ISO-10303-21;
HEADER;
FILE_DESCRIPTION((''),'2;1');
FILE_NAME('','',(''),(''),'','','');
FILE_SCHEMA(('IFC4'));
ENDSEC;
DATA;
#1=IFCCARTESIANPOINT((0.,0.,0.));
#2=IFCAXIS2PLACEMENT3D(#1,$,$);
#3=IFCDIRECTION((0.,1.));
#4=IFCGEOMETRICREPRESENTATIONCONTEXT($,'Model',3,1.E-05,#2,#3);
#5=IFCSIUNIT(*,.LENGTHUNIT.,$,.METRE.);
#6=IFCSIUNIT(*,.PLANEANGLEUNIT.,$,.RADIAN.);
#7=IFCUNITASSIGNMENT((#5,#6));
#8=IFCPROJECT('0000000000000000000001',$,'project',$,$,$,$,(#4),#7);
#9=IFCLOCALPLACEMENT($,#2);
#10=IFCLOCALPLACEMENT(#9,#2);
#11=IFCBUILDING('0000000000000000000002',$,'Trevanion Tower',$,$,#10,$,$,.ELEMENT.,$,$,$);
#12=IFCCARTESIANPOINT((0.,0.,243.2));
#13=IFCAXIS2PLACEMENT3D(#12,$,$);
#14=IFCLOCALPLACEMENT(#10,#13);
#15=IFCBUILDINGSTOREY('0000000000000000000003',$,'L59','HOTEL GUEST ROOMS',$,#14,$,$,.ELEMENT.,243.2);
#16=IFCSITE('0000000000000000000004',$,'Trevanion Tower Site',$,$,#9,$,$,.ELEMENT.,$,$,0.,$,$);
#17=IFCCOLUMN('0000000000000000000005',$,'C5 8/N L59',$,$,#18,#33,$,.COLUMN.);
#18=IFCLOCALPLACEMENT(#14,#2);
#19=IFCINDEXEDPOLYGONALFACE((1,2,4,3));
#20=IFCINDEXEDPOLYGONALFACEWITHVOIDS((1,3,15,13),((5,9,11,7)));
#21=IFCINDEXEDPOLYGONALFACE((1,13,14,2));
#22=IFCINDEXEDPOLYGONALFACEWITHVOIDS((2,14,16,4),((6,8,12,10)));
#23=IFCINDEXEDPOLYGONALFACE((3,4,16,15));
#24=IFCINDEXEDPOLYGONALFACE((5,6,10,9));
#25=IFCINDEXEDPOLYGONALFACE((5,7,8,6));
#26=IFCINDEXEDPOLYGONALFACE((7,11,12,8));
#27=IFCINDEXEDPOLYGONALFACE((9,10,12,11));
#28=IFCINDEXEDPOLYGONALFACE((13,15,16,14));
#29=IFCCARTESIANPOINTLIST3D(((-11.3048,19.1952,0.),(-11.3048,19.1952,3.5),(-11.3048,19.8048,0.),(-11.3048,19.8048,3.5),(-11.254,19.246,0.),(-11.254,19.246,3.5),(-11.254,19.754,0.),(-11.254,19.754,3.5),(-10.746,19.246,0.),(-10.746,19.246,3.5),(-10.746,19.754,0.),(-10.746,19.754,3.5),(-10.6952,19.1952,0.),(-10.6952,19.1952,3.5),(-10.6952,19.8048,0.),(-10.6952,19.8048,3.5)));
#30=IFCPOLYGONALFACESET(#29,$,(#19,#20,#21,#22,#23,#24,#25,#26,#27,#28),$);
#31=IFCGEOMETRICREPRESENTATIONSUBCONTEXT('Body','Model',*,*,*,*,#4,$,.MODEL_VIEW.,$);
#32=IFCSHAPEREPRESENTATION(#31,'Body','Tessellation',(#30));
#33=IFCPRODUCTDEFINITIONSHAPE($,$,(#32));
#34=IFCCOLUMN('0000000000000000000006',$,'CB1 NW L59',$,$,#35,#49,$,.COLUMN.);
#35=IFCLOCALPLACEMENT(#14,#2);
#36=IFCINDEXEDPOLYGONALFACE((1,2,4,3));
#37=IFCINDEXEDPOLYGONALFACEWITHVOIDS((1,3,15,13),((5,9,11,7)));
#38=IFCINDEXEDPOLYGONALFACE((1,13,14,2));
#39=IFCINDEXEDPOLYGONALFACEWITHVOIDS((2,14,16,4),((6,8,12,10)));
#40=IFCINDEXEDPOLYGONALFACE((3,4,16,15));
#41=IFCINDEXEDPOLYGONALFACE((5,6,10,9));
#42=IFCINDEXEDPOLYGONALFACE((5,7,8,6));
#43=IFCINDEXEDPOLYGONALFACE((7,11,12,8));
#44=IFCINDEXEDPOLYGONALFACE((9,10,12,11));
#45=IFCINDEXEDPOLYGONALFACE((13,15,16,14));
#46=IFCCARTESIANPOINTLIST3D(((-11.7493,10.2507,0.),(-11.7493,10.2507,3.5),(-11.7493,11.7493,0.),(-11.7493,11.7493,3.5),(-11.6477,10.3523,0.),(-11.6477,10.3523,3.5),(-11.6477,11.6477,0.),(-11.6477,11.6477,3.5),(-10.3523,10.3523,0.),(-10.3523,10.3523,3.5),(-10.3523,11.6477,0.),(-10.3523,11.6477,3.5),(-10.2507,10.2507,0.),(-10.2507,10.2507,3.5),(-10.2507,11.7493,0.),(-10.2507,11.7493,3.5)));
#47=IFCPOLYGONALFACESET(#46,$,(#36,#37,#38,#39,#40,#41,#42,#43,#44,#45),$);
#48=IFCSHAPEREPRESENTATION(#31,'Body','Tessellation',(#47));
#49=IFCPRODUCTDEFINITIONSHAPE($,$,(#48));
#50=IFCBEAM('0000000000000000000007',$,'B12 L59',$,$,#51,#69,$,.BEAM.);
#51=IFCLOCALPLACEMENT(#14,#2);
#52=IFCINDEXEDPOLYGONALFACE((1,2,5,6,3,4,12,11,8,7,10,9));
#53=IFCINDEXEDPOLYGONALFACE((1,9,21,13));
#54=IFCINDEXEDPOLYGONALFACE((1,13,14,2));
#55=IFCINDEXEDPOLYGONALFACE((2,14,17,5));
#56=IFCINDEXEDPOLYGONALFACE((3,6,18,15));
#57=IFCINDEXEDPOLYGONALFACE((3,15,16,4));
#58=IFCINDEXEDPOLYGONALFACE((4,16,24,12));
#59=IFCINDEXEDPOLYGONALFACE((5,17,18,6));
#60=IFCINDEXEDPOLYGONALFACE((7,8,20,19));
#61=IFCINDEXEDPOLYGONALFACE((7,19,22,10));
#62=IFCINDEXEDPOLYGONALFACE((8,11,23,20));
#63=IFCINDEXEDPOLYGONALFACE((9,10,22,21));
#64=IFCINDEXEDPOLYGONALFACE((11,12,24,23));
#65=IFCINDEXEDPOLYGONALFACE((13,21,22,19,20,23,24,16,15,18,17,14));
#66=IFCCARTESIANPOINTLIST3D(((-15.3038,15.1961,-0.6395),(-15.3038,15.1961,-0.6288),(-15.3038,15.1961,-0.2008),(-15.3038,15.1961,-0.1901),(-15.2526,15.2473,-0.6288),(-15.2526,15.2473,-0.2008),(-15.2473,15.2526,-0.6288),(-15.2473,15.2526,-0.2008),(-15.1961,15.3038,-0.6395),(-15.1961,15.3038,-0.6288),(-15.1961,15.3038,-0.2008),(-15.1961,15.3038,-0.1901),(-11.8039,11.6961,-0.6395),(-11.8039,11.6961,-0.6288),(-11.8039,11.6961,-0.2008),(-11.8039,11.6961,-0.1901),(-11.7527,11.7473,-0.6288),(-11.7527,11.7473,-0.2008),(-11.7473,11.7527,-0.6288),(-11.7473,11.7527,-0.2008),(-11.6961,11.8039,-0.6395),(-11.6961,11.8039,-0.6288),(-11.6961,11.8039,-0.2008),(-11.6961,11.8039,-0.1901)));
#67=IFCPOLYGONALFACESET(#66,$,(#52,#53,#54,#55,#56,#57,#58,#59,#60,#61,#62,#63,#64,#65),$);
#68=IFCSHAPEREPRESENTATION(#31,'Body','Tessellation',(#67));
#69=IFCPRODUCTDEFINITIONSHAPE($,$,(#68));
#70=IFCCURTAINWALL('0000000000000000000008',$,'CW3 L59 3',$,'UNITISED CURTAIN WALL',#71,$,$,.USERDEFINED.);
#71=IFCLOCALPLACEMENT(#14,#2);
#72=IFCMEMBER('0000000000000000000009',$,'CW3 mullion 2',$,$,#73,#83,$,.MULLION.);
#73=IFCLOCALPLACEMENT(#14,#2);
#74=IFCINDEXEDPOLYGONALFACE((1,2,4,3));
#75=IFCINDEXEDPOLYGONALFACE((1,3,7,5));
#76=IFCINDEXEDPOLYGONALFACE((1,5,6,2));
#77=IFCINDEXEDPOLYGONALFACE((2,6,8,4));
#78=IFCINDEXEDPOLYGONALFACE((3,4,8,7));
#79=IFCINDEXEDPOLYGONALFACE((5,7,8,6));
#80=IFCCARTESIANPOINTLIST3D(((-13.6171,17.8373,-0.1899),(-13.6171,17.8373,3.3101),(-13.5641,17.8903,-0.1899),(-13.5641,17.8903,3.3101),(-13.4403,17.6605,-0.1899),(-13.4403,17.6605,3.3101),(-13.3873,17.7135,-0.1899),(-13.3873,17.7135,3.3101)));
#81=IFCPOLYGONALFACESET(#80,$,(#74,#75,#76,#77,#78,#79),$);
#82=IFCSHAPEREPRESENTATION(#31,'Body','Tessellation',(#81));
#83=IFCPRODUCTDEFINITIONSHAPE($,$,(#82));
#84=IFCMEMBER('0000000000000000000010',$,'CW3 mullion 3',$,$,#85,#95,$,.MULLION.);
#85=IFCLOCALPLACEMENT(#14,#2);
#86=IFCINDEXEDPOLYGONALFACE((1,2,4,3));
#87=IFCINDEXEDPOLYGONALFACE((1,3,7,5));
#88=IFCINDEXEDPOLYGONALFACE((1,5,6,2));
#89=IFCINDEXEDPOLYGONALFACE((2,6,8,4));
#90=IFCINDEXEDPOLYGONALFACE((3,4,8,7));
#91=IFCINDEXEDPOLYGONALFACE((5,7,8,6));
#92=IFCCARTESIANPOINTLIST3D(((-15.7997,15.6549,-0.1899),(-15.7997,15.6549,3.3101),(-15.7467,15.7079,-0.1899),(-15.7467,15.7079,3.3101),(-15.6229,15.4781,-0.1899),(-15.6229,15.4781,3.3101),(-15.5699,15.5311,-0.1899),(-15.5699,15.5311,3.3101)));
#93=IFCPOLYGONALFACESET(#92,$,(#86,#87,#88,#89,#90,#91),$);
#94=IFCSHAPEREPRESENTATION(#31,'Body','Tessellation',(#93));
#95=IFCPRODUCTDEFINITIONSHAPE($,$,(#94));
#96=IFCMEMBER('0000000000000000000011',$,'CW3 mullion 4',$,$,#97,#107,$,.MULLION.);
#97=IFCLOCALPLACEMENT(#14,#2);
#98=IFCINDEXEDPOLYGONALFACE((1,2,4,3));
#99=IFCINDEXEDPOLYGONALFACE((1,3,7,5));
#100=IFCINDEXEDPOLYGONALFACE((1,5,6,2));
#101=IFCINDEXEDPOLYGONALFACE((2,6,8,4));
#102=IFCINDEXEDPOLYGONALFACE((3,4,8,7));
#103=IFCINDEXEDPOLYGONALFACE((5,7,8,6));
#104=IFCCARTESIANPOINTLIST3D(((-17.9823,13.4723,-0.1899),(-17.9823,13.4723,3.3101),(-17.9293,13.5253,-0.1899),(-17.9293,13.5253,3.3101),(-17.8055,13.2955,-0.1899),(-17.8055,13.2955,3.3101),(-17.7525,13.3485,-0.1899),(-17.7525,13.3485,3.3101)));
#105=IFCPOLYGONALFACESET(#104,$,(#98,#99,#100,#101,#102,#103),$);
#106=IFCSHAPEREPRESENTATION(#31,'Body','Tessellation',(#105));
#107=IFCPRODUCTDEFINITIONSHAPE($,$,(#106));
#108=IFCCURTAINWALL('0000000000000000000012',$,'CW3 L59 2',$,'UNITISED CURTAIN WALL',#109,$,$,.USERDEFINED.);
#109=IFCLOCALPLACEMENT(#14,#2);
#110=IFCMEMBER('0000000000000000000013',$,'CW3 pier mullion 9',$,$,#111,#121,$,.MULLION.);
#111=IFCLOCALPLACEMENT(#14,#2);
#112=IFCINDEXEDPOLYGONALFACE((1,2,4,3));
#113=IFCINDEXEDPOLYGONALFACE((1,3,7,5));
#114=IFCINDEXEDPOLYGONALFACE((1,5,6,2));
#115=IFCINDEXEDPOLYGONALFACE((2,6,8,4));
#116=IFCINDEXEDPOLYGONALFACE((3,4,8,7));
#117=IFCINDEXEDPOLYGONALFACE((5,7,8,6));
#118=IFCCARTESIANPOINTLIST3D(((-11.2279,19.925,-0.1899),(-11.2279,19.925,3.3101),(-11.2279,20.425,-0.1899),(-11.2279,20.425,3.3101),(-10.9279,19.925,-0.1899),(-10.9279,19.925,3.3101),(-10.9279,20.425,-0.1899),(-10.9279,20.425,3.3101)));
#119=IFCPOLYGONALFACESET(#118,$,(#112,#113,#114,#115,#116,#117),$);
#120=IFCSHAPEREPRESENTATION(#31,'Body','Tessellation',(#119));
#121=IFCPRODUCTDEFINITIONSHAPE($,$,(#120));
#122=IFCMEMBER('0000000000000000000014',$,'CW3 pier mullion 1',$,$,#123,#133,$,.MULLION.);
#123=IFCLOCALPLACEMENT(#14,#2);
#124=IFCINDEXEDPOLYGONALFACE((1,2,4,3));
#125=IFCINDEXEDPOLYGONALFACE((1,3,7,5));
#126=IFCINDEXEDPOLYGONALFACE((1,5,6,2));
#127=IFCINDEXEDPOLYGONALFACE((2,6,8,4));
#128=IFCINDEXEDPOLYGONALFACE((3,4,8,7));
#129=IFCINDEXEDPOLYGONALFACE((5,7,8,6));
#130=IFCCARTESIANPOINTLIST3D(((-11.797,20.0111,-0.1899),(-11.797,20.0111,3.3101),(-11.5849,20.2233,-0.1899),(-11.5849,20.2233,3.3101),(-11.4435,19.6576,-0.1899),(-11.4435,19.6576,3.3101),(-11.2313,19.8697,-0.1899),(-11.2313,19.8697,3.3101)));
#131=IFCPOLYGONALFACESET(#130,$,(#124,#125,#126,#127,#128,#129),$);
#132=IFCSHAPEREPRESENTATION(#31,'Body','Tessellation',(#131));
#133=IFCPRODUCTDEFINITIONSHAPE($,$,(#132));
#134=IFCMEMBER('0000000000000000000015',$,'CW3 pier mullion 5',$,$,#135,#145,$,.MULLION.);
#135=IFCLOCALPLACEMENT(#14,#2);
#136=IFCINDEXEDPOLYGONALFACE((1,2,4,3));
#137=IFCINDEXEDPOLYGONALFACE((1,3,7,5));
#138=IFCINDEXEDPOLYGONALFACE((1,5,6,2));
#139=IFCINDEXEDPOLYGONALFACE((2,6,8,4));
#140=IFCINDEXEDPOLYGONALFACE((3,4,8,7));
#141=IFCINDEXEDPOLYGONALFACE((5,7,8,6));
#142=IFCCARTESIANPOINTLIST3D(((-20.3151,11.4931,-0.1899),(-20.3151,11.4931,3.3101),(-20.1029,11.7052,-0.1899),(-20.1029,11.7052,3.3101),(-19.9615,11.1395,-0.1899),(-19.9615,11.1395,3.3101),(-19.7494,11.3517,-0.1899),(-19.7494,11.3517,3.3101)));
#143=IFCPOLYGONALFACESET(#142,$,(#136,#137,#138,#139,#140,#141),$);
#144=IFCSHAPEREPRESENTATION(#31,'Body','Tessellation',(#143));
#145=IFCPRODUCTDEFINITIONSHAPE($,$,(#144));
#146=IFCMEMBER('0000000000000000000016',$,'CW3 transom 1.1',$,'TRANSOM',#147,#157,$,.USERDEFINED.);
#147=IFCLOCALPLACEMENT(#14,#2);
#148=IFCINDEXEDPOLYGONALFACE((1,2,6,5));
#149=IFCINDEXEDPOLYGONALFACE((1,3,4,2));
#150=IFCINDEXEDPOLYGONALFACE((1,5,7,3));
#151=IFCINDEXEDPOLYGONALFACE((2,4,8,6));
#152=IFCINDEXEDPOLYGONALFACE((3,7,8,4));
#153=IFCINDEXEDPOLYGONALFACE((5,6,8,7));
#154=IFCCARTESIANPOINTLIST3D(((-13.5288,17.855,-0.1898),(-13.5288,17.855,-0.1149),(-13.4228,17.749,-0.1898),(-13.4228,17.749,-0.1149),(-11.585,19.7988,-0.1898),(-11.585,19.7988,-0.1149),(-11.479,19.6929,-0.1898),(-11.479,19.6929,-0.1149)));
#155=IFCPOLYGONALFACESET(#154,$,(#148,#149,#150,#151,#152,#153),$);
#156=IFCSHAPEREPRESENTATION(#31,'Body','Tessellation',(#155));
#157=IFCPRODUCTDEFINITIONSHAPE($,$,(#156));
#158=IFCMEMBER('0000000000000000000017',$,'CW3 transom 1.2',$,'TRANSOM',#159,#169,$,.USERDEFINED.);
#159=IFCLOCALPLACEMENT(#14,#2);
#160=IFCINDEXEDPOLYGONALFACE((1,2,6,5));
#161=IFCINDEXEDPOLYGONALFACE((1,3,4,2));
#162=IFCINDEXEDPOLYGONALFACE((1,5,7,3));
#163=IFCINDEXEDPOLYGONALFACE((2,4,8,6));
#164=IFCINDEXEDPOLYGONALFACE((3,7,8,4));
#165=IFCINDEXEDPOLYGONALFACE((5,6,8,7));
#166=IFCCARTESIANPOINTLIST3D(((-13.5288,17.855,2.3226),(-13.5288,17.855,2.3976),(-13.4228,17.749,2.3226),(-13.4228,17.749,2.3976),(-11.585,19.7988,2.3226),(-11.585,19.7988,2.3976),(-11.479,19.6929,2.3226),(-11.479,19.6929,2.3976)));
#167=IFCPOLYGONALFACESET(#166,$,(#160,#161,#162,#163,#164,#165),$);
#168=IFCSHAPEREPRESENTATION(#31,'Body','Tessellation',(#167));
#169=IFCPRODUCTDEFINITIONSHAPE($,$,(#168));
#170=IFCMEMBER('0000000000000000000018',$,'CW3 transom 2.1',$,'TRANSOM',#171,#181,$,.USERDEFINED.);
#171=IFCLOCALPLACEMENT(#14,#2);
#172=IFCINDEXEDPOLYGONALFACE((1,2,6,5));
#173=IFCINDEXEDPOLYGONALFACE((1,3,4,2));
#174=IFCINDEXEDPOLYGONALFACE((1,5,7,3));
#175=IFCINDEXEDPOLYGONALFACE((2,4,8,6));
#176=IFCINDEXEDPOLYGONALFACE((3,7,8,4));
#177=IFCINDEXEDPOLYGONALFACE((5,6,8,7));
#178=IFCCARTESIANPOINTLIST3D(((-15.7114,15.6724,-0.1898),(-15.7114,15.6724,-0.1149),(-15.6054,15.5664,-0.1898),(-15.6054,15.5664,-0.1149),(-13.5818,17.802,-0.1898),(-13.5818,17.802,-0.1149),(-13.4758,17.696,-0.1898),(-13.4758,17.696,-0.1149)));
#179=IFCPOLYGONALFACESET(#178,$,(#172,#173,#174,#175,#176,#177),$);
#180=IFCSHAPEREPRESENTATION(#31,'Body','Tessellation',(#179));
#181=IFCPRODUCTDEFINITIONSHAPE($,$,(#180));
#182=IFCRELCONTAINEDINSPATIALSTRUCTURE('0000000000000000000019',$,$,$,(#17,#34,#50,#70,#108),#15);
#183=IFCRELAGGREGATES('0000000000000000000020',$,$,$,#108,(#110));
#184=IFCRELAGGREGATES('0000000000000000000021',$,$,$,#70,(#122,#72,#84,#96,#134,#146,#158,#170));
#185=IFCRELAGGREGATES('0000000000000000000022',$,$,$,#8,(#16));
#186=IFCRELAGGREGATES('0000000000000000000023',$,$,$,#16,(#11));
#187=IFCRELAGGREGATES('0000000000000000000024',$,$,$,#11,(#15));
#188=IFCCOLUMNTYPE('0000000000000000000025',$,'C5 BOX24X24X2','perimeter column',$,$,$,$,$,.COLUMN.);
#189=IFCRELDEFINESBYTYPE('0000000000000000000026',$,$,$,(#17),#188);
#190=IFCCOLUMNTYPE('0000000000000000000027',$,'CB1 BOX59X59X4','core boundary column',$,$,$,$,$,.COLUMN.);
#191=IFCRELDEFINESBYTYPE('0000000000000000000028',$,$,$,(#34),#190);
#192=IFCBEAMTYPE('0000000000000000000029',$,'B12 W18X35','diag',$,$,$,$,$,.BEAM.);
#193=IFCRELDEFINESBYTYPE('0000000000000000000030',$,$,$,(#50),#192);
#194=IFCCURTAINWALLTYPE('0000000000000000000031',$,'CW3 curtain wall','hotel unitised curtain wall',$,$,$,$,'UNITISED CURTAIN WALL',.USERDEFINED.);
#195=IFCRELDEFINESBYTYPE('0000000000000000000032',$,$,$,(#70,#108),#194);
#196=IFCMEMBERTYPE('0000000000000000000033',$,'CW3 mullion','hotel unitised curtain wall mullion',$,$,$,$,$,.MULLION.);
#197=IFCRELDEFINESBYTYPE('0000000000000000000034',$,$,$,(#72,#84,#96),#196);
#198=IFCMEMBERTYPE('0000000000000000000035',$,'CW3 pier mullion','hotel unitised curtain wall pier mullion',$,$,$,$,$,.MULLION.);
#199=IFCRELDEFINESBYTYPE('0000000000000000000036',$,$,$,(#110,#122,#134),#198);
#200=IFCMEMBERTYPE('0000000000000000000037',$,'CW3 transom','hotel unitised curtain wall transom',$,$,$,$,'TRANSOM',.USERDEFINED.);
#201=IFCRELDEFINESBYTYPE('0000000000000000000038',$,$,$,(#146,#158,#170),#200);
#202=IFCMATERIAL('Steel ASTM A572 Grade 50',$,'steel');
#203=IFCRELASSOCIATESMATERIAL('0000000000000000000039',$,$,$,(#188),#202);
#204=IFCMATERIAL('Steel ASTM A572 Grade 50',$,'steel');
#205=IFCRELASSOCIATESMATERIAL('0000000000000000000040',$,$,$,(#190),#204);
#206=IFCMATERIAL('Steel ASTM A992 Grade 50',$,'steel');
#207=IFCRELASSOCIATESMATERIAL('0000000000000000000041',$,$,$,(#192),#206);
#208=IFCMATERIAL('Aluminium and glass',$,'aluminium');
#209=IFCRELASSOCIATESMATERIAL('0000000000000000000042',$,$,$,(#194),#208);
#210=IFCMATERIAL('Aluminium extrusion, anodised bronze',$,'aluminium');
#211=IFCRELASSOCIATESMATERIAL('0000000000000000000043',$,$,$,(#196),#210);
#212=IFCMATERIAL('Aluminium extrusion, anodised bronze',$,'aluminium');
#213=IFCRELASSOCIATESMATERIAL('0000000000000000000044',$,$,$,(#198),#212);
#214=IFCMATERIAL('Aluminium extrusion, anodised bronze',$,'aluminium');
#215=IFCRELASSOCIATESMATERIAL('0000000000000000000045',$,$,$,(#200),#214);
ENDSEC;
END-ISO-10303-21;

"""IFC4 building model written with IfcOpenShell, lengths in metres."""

from ifc_helpers import new_model, si_unit, direction, frame, origin, origin_2d, place, context, subcontext, project, spatial, rectangle, hollow_rectangle, i_section, extrude, material, material_profile, profile_set, type_object, element, aggregate, save


model = new_model("IFC4")

# Units and contexts
model_context = context("Model", 3, precision=1e-05, world=origin(), true_north=direction((0.0, 1.0)))
body_context = subcontext(model_context, "Body", "Model", "MODEL_VIEW")
ifc_project = project(units=[si_unit("LENGTHUNIT", "METRE"), si_unit("PLANEANGLEUNIT", "RADIAN")], contexts=[model_context])

# Site, building, storey
site_placement = place(None, origin())
site = spatial("IfcSite", under=ifc_project, at=site_placement, Name="Trevanion Tower Site", CompositionType="ELEMENT", RefElevation=0.0)
building_placement = place(site_placement, origin())
building = spatial("IfcBuilding", under=site, at=building_placement, Name="Trevanion Tower", CompositionType="ELEMENT")
storey_placement = place(building_placement, frame((0.0, 0.0, 243.2)))
storey = spatial("IfcBuildingStorey", under=building, at=storey_placement, Name="L59", Description="HOTEL GUEST ROOMS", CompositionType="ELEMENT", Elevation=243.2)

# Columns
ifc_material_1 = material(Name="Steel ASTM A572 Grade 50", Category="steel")
ifc_material_profile_1 = material_profile(ifc_material_1, hollow_rectangle(XDim=0.6096, YDim=0.6096, WallThickness=0.0508, at=origin_2d()), Name="BOX24X24X2")
ifc_profile_set_1 = profile_set([ifc_material_profile_1], Name="Steel ASTM A572 Grade 50")
column_type_1 = type_object("IfcColumnType", Name="C5 BOX24X24X2", Description="perimeter column", PredefinedType="COLUMN", material=ifc_profile_set_1)
column_1_placement = place(storey_placement, frame((-11.0, 19.5, 0.0), z_axis=(0.0, 0.0, 1.0), x_axis=(1.0, 0.0, 0.0)))
element("IfcColumn", 1, at=column_1_placement, inside=storey, type_object=column_type_1, Name="C5 8/N L59", PredefinedType="COLUMN", context=body_context, shape_type="SweptSolid", body=[
    extrude(hollow_rectangle(XDim=0.6096, YDim=0.6096, WallThickness=0.0508, at=origin_2d()), origin(), (0.0, 0.0, 1.0), 3.5),
])
ifc_material_2 = material(Name="Steel ASTM A572 Grade 50", Category="steel")
ifc_material_profile_2 = material_profile(ifc_material_2, hollow_rectangle(XDim=1.4985, YDim=1.4985, WallThickness=0.1016, at=origin_2d()), Name="BOX59X59X4")
ifc_profile_set_2 = profile_set([ifc_material_profile_2], Name="Steel ASTM A572 Grade 50")
column_type_2 = type_object("IfcColumnType", Name="CB1 BOX59X59X4", Description="core boundary column", PredefinedType="COLUMN", material=ifc_profile_set_2)
column_2_placement = place(storey_placement, frame((-11.0, 11.0, 0.0), z_axis=(0.0, 0.0, 1.0), x_axis=(1.0, 0.0, 0.0)))
element("IfcColumn", 2, at=column_2_placement, inside=storey, type_object=column_type_2, Name="CB1 NW L59", PredefinedType="COLUMN", context=body_context, shape_type="SweptSolid", body=[
    extrude(hollow_rectangle(XDim=1.4985, YDim=1.4985, WallThickness=0.1016, at=origin_2d()), origin(), (0.0, 0.0, 1.0), 3.5),
])

# Beam
ifc_material_3 = material(Name="Steel ASTM A992 Grade 50", Category="steel")
ifc_material_profile_3 = material_profile(ifc_material_3, i_section(OverallWidth=0.1523, OverallDepth=0.4495, WebThickness=0.0076, FlangeThickness=0.0107, at=origin_2d()), Name="W18X35")
ifc_profile_set_3 = profile_set([ifc_material_profile_3], Name="Steel ASTM A992 Grade 50")
beam_type_1 = type_object("IfcBeamType", Name="B12 W18X35", Description="diag", PredefinedType="BEAM", material=ifc_profile_set_3)
beam_1_placement = place(storey_placement, frame((-11.75, 11.75, -0.4148), z_axis=(-0.707107, 0.707107, 0.0), x_axis=(-0.707107, -0.707107, 0.0)))
element("IfcBeam", 3, at=beam_1_placement, inside=storey, type_object=beam_type_1, Name="B12 L59", PredefinedType="BEAM", context=body_context, shape_type="SweptSolid", body=[
    extrude(i_section(OverallWidth=0.1523, OverallDepth=0.4495, WebThickness=0.0076, FlangeThickness=0.0107, at=origin_2d()), origin(), (0.0, 0.0, 1.0), 4.9497),
])

# Curtain wall, members
ifc_material_4 = material(Name="Aluminium and glass", Category="aluminium")
curtain_wall_type = type_object("IfcCurtainWallType", Name="CW3 curtain wall", Description="hotel unitised curtain wall", ElementType="UNITISED CURTAIN WALL", PredefinedType="USERDEFINED", material=ifc_material_4)
curtain_wall_1_placement = place(storey_placement, origin())
curtain_wall_1 = element("IfcCurtainWall", 4, at=curtain_wall_1_placement, inside=storey, type_object=curtain_wall_type, Name="CW3 L59 3", ObjectType="UNITISED CURTAIN WALL", PredefinedType="USERDEFINED")
ifc_material_5 = material(Name="Aluminium extrusion, anodised bronze", Category="aluminium")
ifc_material_profile_4 = material_profile(ifc_material_5, rectangle(XDim=0.075, YDim=0.25, at=origin_2d()), Name="CW3 mullion")
ifc_profile_set_4 = profile_set([ifc_material_profile_4], Name="Aluminium extrusion, anodised bronze")
member_type_1 = type_object("IfcMemberType", Name="CW3 mullion", Description="hotel unitised curtain wall mullion", PredefinedType="MULLION", material=ifc_profile_set_4)
member_1_placement = place(storey_placement, frame((-13.5022, 17.7754, -0.1899), z_axis=(0.0, 0.0, 1.0), x_axis=(-0.707107, -0.707107, 0.0)))
member_1 = element("IfcMember", 5, at=member_1_placement, type_object=member_type_1, Name="CW3 mullion 2", PredefinedType="MULLION", context=body_context, shape_type="SweptSolid", body=[
    extrude(rectangle(XDim=0.075, YDim=0.25, at=origin_2d()), origin(), (0.0, 0.0, 1.0), 3.5),
])
member_2_placement = place(storey_placement, frame((-15.6848, 15.593, -0.1899), z_axis=(0.0, 0.0, 1.0), x_axis=(-0.707107, -0.707107, 0.0)))
member_2 = element("IfcMember", 6, at=member_2_placement, type_object=member_type_1, Name="CW3 mullion 3", PredefinedType="MULLION", context=body_context, shape_type="SweptSolid", body=[
    extrude(rectangle(XDim=0.075, YDim=0.25, at=origin_2d()), origin(), (0.0, 0.0, 1.0), 3.5),
])
member_3_placement = place(storey_placement, frame((-17.8674, 13.4104, -0.1899), z_axis=(0.0, 0.0, 1.0), x_axis=(-0.707107, -0.707107, 0.0)))
member_3 = element("IfcMember", 7, at=member_3_placement, type_object=member_type_1, Name="CW3 mullion 4", PredefinedType="MULLION", context=body_context, shape_type="SweptSolid", body=[
    extrude(rectangle(XDim=0.075, YDim=0.25, at=origin_2d()), origin(), (0.0, 0.0, 1.0), 3.5),
])

# Curtain wall, member
curtain_wall_2_placement = place(storey_placement, origin())
curtain_wall_2 = element("IfcCurtainWall", 8, at=curtain_wall_2_placement, inside=storey, type_object=curtain_wall_type, Name="CW3 L59 2", ObjectType="UNITISED CURTAIN WALL", PredefinedType="USERDEFINED")
ifc_material_6 = material(Name="Aluminium extrusion, anodised bronze", Category="aluminium")
ifc_material_profile_5 = material_profile(ifc_material_6, rectangle(XDim=0.3, YDim=0.5, at=origin_2d()), Name="CW3 pier mullion")
ifc_profile_set_5 = profile_set([ifc_material_profile_5], Name="Aluminium extrusion, anodised bronze")
member_type_2 = type_object("IfcMemberType", Name="CW3 pier mullion", Description="hotel unitised curtain wall pier mullion", PredefinedType="MULLION", material=ifc_profile_set_5)
member_4_placement = place(storey_placement, frame((-11.0779, 20.175, -0.1899), z_axis=(0.0, 0.0, 1.0), x_axis=(-1.0, 0.0, 0.0)))
member_4 = element("IfcMember", 9, at=member_4_placement, type_object=member_type_2, Name="CW3 pier mullion 9", PredefinedType="MULLION", context=body_context, shape_type="SweptSolid", body=[
    extrude(rectangle(XDim=0.3, YDim=0.5, at=origin_2d()), origin(), (0.0, 0.0, 1.0), 3.5),
])
aggregate(curtain_wall_2, [member_4])

# Members
member_5_placement = place(storey_placement, frame((-11.5142, 19.9404, -0.1899), z_axis=(0.0, 0.0, 1.0), x_axis=(-0.707107, -0.707107, 0.0)))
member_5 = element("IfcMember", 10, at=member_5_placement, type_object=member_type_2, Name="CW3 pier mullion 1", PredefinedType="MULLION", context=body_context, shape_type="SweptSolid", body=[
    extrude(rectangle(XDim=0.3, YDim=0.5, at=origin_2d()), origin(), (0.0, 0.0, 1.0), 3.5),
])
member_6_placement = place(storey_placement, frame((-20.0322, 11.4224, -0.1899), z_axis=(0.0, 0.0, 1.0), x_axis=(-0.707107, -0.707107, 0.0)))
member_6 = element("IfcMember", 11, at=member_6_placement, type_object=member_type_2, Name="CW3 pier mullion 5", PredefinedType="MULLION", context=body_context, shape_type="SweptSolid", body=[
    extrude(rectangle(XDim=0.3, YDim=0.5, at=origin_2d()), origin(), (0.0, 0.0, 1.0), 3.5),
])
ifc_material_7 = material(Name="Aluminium extrusion, anodised bronze", Category="aluminium")
ifc_material_profile_6 = material_profile(ifc_material_7, rectangle(XDim=0.1499, YDim=0.075, at=origin_2d()), Name="CW3 transom")
ifc_profile_set_6 = profile_set([ifc_material_profile_6], Name="Aluminium extrusion, anodised bronze")
member_type_3 = type_object("IfcMemberType", Name="CW3 transom", Description="hotel unitised curtain wall transom", ElementType="TRANSOM", PredefinedType="USERDEFINED", material=ifc_profile_set_6)
member_7_placement = place(storey_placement, frame((-11.532, 19.7458, -0.1523), z_axis=(-0.707107, -0.707107, 0.0), x_axis=(0.707107, -0.707107, 0.0)))
member_7 = element("IfcMember", 12, at=member_7_placement, type_object=member_type_3, Name="CW3 transom 1.1", ObjectType="TRANSOM", PredefinedType="USERDEFINED", context=body_context, shape_type="SweptSolid", body=[
    extrude(rectangle(XDim=0.1499, YDim=0.075, at=origin_2d()), origin(), (0.0, 0.0, 1.0), 2.749),
])
member_8_placement = place(storey_placement, frame((-11.532, 19.7458, 2.3601), z_axis=(-0.707107, -0.707107, 0.0), x_axis=(0.707107, -0.707107, 0.0)))
member_8 = element("IfcMember", 13, at=member_8_placement, type_object=member_type_3, Name="CW3 transom 1.2", ObjectType="TRANSOM", PredefinedType="USERDEFINED", context=body_context, shape_type="SweptSolid", body=[
    extrude(rectangle(XDim=0.1499, YDim=0.075, at=origin_2d()), origin(), (0.0, 0.0, 1.0), 2.749),
])
member_9_placement = place(storey_placement, frame((-13.5288, 17.749, -0.1523), z_axis=(-0.707107, -0.707107, 0.0), x_axis=(0.707107, -0.707107, 0.0)))
member_9 = element("IfcMember", 14, at=member_9_placement, type_object=member_type_3, Name="CW3 transom 2.1", ObjectType="TRANSOM", PredefinedType="USERDEFINED", context=body_context, shape_type="SweptSolid", body=[
    extrude(rectangle(XDim=0.1499, YDim=0.075, at=origin_2d()), origin(), (0.0, 0.0, 1.0), 3.0117),
])

aggregate(curtain_wall_1, [member_5, member_1, member_2, member_3, member_6, member_7, member_8, member_9])

save(model, "model.ifc")
